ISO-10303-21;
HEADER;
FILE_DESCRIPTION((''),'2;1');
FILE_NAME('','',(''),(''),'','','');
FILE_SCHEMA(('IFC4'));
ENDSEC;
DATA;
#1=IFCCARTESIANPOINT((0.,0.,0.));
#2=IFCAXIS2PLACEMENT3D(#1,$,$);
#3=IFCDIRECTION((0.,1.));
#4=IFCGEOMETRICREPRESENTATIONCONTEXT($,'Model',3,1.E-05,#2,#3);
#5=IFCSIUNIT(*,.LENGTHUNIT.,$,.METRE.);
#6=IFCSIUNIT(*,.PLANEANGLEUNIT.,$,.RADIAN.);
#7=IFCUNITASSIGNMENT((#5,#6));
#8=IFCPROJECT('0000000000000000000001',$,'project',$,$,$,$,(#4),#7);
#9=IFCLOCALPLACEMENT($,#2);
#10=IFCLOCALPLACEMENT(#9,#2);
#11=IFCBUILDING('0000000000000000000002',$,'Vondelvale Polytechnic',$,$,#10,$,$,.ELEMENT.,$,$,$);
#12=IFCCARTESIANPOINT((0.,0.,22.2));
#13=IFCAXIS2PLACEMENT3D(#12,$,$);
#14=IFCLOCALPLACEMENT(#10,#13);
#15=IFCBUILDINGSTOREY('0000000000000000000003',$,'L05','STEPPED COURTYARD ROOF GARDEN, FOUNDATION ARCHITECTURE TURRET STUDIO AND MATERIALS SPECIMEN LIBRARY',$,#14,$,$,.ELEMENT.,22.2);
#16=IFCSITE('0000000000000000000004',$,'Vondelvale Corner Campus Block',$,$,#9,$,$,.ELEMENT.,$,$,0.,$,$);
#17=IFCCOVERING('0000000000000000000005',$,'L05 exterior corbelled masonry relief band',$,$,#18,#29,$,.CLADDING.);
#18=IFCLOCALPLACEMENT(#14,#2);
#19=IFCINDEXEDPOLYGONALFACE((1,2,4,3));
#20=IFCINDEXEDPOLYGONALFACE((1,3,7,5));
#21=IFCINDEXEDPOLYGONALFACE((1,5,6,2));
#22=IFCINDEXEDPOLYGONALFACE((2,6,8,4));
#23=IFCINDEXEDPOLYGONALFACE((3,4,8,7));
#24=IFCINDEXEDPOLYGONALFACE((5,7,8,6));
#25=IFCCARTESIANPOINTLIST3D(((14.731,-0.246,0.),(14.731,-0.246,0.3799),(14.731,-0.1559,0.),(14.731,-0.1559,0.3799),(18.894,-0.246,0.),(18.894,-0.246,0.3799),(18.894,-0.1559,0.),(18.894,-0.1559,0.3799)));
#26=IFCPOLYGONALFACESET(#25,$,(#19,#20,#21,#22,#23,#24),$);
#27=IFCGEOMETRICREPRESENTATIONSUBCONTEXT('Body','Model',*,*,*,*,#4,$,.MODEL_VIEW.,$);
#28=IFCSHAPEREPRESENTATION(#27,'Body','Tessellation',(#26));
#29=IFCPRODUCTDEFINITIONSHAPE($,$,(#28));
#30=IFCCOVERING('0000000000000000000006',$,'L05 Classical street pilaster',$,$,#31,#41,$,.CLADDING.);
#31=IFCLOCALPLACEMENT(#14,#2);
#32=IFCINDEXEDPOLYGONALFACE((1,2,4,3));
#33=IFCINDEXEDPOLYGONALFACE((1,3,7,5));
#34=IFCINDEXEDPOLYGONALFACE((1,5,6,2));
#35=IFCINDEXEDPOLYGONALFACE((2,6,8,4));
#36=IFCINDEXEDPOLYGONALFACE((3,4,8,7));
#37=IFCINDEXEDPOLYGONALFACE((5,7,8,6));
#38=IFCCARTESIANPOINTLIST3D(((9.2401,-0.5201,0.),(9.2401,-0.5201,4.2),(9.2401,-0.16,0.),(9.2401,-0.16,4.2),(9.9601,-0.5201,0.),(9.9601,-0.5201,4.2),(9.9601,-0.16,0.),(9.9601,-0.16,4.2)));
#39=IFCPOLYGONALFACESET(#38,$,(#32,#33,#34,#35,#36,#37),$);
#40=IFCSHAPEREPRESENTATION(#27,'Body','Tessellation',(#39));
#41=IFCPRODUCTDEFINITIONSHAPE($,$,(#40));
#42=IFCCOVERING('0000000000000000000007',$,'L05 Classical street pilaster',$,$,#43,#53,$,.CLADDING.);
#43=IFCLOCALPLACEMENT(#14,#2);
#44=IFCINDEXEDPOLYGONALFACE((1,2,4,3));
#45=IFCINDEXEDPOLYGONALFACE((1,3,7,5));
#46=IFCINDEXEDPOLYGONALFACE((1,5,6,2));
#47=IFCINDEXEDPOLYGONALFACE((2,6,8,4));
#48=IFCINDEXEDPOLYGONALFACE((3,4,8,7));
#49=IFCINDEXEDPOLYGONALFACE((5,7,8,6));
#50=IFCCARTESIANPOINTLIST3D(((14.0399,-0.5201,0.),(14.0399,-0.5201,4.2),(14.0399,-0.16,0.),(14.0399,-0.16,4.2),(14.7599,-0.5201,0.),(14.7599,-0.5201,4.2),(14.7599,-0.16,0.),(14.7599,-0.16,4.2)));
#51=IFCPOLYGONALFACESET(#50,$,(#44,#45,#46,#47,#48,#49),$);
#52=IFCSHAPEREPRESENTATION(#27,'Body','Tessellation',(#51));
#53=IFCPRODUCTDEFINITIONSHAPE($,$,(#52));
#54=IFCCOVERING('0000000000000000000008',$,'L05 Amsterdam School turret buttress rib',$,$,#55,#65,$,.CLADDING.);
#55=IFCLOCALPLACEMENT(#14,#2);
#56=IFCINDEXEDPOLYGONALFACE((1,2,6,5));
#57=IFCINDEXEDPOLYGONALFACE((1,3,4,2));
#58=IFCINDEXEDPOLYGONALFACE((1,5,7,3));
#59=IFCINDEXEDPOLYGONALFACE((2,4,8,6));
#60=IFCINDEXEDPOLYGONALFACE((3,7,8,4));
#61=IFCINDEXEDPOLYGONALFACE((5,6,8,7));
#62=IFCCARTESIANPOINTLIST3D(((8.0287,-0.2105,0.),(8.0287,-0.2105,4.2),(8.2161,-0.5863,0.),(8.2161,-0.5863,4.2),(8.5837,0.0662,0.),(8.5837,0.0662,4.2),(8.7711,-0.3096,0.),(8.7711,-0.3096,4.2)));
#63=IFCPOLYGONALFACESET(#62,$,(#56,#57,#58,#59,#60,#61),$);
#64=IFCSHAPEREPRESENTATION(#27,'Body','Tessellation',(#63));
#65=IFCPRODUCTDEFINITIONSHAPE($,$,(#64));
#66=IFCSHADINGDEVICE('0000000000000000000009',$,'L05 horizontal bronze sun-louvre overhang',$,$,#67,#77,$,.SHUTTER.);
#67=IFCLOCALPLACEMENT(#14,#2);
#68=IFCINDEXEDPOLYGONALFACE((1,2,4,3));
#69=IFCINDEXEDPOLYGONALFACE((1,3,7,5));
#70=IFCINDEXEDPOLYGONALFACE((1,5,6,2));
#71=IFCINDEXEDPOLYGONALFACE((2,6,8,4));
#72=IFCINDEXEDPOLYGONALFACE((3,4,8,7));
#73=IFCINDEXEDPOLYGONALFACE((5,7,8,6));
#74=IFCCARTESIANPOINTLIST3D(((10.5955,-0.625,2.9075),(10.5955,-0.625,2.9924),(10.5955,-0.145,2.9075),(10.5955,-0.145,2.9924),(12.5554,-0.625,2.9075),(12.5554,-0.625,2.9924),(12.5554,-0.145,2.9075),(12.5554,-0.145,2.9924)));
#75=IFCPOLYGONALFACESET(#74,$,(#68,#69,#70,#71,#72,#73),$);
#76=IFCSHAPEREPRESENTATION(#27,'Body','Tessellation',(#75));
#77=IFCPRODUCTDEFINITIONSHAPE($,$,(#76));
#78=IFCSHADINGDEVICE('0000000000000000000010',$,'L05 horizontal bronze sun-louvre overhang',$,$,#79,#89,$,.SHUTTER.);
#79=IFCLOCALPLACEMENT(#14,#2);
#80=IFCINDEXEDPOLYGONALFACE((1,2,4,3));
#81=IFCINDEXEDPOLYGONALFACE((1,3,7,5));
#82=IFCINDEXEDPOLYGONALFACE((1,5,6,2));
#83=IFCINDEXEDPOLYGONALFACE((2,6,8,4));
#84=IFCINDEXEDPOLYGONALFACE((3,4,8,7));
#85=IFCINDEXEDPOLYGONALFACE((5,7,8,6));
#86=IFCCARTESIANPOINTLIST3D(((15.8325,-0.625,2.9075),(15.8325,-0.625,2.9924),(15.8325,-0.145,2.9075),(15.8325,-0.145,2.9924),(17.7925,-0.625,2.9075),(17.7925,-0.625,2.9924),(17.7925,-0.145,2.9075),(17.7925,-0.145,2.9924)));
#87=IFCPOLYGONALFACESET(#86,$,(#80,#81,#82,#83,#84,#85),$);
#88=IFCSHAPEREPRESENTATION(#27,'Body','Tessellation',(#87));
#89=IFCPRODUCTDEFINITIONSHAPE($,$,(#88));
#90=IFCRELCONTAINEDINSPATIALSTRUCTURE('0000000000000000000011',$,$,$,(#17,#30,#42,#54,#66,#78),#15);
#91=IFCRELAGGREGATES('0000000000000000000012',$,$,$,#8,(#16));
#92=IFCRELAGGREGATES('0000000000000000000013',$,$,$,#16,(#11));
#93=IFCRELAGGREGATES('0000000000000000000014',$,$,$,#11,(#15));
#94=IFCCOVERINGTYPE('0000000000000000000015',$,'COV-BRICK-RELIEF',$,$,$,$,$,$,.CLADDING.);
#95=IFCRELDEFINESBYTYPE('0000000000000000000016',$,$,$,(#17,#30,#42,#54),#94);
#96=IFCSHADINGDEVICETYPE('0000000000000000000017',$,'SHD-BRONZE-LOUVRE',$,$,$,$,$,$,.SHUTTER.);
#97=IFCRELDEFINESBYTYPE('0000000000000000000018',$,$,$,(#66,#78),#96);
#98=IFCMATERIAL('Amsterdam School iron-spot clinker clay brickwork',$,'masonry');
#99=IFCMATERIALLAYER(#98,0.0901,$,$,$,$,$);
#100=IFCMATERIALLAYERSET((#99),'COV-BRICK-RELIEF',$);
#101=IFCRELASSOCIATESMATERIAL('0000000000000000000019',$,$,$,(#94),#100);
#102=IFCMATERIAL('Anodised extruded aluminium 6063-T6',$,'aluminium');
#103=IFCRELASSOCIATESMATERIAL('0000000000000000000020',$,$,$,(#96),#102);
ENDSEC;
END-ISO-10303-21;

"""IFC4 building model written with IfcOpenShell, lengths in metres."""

from ifc_helpers import new_model, si_unit, direction, frame, origin, origin_2d, place, context, subcontext, project, spatial, rectangle, extrude, material, layer, layer_set, type_object, element, save


model = new_model("IFC4")

# Units and contexts
model_context = context("Model", 3, precision=1e-05, world=origin(), true_north=direction((0.0, 1.0)))
body_context = subcontext(model_context, "Body", "Model", "MODEL_VIEW")
ifc_project = project(units=[si_unit("LENGTHUNIT", "METRE"), si_unit("PLANEANGLEUNIT", "RADIAN")], contexts=[model_context])

# Site, building, storey
site_placement = place(None, origin())
site = spatial("IfcSite", under=ifc_project, at=site_placement, Name="Vondelvale Corner Campus Block", CompositionType="ELEMENT", RefElevation=0.0)
building_placement = place(site_placement, origin())
building = spatial("IfcBuilding", under=site, at=building_placement, Name="Vondelvale Polytechnic", CompositionType="ELEMENT")
storey_placement = place(building_placement, frame((0.0, 0.0, 22.2)))
storey = spatial("IfcBuildingStorey", under=building, at=storey_placement, Name="L05", Description="STEPPED COURTYARD ROOF GARDEN, FOUNDATION ARCHITECTURE TURRET STUDIO AND MATERIALS SPECIMEN LIBRARY", CompositionType="ELEMENT", Elevation=22.2)

# Shared definitions
ifc_material_1 = material(Name="Amsterdam School iron-spot clinker clay brickwork", Category="masonry")

# Coverings
ifc_layer_1 = layer(ifc_material_1, 0.0901)
ifc_layer_set_1 = layer_set([ifc_layer_1], Name="COV-BRICK-RELIEF")
covering_type = type_object("IfcCoveringType", Name="COV-BRICK-RELIEF", PredefinedType="CLADDING", material=ifc_layer_set_1)
covering_1_placement = place(storey_placement, frame((16.8125, -0.2009, 0.0), z_axis=(0.0, 0.0, 1.0), x_axis=(-1.0, 0.0, 0.0)))
element("IfcCovering", 1, at=covering_1_placement, inside=storey, type_object=covering_type, Name="L05 exterior corbelled masonry relief band", PredefinedType="CLADDING", context=body_context, shape_type="SweptSolid", body=[
    extrude(rectangle(XDim=4.1631, YDim=0.0901, at=origin_2d()), origin(), (0.0, 0.0, 1.0), 0.3799),
])
for number, where, z_axis, x_axis, name in (
    (2, (9.6001, -0.3401, 0.0), (0.0, 0.0, 1.0), (1.0, 0.0, 0.0), "L05 Classical street pilaster"),
    (3, (14.3999, -0.3401, 0.0), (0.0, 0.0, 1.0), (1.0, 0.0, 0.0), "L05 Classical street pilaster"),
):
    element("IfcCovering", number, at=place(storey_placement, frame(where, z_axis=z_axis, x_axis=x_axis)), inside=storey, type_object=covering_type, Name=name, PredefinedType="CLADDING", context=body_context, shape_type="SweptSolid", body=[
        extrude(rectangle(XDim=0.72, YDim=0.3601, at=origin_2d()), origin(), (0.0, 0.0, 1.0), 4.2),
    ])
covering_2_placement = place(storey_placement, frame((8.3999, -0.26, 0.0), z_axis=(0.0, 0.0, 1.0), x_axis=(0.894934, 0.446198, 0.0)))
element("IfcCovering", 4, at=covering_2_placement, inside=storey, type_object=covering_type, Name="L05 Amsterdam School turret buttress rib", PredefinedType="CLADDING", context=body_context, shape_type="SweptSolid", body=[
    extrude(rectangle(XDim=0.6201, YDim=0.4199, at=origin_2d()), origin(), (0.0, 0.0, 1.0), 4.2),
])

# Shading devices
ifc_material_2 = material(Name="Anodised extruded aluminium 6063-T6", Category="aluminium")
shading_device_type = type_object("IfcShadingDeviceType", Name="SHD-BRONZE-LOUVRE", PredefinedType="SHUTTER", material=ifc_material_2)
for number, where, z_axis, x_axis, name in (
    (5, (11.5754, -0.385, 2.9075), (0.0, 0.0, 1.0), (-1.0, 0.0, 0.0), "L05 horizontal bronze sun-louvre overhang"),
    (6, (16.8125, -0.385, 2.9075), (0.0, 0.0, 1.0), (-1.0, 0.0, 0.0), "L05 horizontal bronze sun-louvre overhang"),
):
    element("IfcShadingDevice", number, at=place(storey_placement, frame(where, z_axis=z_axis, x_axis=x_axis)), inside=storey, type_object=shading_device_type, Name=name, PredefinedType="SHUTTER", context=body_context, shape_type="SweptSolid", body=[
        extrude(rectangle(XDim=1.96, YDim=0.48, at=origin_2d()), origin(), (0.0, 0.0, 1.0), 0.085),
    ])

save(model, "model.ifc")
